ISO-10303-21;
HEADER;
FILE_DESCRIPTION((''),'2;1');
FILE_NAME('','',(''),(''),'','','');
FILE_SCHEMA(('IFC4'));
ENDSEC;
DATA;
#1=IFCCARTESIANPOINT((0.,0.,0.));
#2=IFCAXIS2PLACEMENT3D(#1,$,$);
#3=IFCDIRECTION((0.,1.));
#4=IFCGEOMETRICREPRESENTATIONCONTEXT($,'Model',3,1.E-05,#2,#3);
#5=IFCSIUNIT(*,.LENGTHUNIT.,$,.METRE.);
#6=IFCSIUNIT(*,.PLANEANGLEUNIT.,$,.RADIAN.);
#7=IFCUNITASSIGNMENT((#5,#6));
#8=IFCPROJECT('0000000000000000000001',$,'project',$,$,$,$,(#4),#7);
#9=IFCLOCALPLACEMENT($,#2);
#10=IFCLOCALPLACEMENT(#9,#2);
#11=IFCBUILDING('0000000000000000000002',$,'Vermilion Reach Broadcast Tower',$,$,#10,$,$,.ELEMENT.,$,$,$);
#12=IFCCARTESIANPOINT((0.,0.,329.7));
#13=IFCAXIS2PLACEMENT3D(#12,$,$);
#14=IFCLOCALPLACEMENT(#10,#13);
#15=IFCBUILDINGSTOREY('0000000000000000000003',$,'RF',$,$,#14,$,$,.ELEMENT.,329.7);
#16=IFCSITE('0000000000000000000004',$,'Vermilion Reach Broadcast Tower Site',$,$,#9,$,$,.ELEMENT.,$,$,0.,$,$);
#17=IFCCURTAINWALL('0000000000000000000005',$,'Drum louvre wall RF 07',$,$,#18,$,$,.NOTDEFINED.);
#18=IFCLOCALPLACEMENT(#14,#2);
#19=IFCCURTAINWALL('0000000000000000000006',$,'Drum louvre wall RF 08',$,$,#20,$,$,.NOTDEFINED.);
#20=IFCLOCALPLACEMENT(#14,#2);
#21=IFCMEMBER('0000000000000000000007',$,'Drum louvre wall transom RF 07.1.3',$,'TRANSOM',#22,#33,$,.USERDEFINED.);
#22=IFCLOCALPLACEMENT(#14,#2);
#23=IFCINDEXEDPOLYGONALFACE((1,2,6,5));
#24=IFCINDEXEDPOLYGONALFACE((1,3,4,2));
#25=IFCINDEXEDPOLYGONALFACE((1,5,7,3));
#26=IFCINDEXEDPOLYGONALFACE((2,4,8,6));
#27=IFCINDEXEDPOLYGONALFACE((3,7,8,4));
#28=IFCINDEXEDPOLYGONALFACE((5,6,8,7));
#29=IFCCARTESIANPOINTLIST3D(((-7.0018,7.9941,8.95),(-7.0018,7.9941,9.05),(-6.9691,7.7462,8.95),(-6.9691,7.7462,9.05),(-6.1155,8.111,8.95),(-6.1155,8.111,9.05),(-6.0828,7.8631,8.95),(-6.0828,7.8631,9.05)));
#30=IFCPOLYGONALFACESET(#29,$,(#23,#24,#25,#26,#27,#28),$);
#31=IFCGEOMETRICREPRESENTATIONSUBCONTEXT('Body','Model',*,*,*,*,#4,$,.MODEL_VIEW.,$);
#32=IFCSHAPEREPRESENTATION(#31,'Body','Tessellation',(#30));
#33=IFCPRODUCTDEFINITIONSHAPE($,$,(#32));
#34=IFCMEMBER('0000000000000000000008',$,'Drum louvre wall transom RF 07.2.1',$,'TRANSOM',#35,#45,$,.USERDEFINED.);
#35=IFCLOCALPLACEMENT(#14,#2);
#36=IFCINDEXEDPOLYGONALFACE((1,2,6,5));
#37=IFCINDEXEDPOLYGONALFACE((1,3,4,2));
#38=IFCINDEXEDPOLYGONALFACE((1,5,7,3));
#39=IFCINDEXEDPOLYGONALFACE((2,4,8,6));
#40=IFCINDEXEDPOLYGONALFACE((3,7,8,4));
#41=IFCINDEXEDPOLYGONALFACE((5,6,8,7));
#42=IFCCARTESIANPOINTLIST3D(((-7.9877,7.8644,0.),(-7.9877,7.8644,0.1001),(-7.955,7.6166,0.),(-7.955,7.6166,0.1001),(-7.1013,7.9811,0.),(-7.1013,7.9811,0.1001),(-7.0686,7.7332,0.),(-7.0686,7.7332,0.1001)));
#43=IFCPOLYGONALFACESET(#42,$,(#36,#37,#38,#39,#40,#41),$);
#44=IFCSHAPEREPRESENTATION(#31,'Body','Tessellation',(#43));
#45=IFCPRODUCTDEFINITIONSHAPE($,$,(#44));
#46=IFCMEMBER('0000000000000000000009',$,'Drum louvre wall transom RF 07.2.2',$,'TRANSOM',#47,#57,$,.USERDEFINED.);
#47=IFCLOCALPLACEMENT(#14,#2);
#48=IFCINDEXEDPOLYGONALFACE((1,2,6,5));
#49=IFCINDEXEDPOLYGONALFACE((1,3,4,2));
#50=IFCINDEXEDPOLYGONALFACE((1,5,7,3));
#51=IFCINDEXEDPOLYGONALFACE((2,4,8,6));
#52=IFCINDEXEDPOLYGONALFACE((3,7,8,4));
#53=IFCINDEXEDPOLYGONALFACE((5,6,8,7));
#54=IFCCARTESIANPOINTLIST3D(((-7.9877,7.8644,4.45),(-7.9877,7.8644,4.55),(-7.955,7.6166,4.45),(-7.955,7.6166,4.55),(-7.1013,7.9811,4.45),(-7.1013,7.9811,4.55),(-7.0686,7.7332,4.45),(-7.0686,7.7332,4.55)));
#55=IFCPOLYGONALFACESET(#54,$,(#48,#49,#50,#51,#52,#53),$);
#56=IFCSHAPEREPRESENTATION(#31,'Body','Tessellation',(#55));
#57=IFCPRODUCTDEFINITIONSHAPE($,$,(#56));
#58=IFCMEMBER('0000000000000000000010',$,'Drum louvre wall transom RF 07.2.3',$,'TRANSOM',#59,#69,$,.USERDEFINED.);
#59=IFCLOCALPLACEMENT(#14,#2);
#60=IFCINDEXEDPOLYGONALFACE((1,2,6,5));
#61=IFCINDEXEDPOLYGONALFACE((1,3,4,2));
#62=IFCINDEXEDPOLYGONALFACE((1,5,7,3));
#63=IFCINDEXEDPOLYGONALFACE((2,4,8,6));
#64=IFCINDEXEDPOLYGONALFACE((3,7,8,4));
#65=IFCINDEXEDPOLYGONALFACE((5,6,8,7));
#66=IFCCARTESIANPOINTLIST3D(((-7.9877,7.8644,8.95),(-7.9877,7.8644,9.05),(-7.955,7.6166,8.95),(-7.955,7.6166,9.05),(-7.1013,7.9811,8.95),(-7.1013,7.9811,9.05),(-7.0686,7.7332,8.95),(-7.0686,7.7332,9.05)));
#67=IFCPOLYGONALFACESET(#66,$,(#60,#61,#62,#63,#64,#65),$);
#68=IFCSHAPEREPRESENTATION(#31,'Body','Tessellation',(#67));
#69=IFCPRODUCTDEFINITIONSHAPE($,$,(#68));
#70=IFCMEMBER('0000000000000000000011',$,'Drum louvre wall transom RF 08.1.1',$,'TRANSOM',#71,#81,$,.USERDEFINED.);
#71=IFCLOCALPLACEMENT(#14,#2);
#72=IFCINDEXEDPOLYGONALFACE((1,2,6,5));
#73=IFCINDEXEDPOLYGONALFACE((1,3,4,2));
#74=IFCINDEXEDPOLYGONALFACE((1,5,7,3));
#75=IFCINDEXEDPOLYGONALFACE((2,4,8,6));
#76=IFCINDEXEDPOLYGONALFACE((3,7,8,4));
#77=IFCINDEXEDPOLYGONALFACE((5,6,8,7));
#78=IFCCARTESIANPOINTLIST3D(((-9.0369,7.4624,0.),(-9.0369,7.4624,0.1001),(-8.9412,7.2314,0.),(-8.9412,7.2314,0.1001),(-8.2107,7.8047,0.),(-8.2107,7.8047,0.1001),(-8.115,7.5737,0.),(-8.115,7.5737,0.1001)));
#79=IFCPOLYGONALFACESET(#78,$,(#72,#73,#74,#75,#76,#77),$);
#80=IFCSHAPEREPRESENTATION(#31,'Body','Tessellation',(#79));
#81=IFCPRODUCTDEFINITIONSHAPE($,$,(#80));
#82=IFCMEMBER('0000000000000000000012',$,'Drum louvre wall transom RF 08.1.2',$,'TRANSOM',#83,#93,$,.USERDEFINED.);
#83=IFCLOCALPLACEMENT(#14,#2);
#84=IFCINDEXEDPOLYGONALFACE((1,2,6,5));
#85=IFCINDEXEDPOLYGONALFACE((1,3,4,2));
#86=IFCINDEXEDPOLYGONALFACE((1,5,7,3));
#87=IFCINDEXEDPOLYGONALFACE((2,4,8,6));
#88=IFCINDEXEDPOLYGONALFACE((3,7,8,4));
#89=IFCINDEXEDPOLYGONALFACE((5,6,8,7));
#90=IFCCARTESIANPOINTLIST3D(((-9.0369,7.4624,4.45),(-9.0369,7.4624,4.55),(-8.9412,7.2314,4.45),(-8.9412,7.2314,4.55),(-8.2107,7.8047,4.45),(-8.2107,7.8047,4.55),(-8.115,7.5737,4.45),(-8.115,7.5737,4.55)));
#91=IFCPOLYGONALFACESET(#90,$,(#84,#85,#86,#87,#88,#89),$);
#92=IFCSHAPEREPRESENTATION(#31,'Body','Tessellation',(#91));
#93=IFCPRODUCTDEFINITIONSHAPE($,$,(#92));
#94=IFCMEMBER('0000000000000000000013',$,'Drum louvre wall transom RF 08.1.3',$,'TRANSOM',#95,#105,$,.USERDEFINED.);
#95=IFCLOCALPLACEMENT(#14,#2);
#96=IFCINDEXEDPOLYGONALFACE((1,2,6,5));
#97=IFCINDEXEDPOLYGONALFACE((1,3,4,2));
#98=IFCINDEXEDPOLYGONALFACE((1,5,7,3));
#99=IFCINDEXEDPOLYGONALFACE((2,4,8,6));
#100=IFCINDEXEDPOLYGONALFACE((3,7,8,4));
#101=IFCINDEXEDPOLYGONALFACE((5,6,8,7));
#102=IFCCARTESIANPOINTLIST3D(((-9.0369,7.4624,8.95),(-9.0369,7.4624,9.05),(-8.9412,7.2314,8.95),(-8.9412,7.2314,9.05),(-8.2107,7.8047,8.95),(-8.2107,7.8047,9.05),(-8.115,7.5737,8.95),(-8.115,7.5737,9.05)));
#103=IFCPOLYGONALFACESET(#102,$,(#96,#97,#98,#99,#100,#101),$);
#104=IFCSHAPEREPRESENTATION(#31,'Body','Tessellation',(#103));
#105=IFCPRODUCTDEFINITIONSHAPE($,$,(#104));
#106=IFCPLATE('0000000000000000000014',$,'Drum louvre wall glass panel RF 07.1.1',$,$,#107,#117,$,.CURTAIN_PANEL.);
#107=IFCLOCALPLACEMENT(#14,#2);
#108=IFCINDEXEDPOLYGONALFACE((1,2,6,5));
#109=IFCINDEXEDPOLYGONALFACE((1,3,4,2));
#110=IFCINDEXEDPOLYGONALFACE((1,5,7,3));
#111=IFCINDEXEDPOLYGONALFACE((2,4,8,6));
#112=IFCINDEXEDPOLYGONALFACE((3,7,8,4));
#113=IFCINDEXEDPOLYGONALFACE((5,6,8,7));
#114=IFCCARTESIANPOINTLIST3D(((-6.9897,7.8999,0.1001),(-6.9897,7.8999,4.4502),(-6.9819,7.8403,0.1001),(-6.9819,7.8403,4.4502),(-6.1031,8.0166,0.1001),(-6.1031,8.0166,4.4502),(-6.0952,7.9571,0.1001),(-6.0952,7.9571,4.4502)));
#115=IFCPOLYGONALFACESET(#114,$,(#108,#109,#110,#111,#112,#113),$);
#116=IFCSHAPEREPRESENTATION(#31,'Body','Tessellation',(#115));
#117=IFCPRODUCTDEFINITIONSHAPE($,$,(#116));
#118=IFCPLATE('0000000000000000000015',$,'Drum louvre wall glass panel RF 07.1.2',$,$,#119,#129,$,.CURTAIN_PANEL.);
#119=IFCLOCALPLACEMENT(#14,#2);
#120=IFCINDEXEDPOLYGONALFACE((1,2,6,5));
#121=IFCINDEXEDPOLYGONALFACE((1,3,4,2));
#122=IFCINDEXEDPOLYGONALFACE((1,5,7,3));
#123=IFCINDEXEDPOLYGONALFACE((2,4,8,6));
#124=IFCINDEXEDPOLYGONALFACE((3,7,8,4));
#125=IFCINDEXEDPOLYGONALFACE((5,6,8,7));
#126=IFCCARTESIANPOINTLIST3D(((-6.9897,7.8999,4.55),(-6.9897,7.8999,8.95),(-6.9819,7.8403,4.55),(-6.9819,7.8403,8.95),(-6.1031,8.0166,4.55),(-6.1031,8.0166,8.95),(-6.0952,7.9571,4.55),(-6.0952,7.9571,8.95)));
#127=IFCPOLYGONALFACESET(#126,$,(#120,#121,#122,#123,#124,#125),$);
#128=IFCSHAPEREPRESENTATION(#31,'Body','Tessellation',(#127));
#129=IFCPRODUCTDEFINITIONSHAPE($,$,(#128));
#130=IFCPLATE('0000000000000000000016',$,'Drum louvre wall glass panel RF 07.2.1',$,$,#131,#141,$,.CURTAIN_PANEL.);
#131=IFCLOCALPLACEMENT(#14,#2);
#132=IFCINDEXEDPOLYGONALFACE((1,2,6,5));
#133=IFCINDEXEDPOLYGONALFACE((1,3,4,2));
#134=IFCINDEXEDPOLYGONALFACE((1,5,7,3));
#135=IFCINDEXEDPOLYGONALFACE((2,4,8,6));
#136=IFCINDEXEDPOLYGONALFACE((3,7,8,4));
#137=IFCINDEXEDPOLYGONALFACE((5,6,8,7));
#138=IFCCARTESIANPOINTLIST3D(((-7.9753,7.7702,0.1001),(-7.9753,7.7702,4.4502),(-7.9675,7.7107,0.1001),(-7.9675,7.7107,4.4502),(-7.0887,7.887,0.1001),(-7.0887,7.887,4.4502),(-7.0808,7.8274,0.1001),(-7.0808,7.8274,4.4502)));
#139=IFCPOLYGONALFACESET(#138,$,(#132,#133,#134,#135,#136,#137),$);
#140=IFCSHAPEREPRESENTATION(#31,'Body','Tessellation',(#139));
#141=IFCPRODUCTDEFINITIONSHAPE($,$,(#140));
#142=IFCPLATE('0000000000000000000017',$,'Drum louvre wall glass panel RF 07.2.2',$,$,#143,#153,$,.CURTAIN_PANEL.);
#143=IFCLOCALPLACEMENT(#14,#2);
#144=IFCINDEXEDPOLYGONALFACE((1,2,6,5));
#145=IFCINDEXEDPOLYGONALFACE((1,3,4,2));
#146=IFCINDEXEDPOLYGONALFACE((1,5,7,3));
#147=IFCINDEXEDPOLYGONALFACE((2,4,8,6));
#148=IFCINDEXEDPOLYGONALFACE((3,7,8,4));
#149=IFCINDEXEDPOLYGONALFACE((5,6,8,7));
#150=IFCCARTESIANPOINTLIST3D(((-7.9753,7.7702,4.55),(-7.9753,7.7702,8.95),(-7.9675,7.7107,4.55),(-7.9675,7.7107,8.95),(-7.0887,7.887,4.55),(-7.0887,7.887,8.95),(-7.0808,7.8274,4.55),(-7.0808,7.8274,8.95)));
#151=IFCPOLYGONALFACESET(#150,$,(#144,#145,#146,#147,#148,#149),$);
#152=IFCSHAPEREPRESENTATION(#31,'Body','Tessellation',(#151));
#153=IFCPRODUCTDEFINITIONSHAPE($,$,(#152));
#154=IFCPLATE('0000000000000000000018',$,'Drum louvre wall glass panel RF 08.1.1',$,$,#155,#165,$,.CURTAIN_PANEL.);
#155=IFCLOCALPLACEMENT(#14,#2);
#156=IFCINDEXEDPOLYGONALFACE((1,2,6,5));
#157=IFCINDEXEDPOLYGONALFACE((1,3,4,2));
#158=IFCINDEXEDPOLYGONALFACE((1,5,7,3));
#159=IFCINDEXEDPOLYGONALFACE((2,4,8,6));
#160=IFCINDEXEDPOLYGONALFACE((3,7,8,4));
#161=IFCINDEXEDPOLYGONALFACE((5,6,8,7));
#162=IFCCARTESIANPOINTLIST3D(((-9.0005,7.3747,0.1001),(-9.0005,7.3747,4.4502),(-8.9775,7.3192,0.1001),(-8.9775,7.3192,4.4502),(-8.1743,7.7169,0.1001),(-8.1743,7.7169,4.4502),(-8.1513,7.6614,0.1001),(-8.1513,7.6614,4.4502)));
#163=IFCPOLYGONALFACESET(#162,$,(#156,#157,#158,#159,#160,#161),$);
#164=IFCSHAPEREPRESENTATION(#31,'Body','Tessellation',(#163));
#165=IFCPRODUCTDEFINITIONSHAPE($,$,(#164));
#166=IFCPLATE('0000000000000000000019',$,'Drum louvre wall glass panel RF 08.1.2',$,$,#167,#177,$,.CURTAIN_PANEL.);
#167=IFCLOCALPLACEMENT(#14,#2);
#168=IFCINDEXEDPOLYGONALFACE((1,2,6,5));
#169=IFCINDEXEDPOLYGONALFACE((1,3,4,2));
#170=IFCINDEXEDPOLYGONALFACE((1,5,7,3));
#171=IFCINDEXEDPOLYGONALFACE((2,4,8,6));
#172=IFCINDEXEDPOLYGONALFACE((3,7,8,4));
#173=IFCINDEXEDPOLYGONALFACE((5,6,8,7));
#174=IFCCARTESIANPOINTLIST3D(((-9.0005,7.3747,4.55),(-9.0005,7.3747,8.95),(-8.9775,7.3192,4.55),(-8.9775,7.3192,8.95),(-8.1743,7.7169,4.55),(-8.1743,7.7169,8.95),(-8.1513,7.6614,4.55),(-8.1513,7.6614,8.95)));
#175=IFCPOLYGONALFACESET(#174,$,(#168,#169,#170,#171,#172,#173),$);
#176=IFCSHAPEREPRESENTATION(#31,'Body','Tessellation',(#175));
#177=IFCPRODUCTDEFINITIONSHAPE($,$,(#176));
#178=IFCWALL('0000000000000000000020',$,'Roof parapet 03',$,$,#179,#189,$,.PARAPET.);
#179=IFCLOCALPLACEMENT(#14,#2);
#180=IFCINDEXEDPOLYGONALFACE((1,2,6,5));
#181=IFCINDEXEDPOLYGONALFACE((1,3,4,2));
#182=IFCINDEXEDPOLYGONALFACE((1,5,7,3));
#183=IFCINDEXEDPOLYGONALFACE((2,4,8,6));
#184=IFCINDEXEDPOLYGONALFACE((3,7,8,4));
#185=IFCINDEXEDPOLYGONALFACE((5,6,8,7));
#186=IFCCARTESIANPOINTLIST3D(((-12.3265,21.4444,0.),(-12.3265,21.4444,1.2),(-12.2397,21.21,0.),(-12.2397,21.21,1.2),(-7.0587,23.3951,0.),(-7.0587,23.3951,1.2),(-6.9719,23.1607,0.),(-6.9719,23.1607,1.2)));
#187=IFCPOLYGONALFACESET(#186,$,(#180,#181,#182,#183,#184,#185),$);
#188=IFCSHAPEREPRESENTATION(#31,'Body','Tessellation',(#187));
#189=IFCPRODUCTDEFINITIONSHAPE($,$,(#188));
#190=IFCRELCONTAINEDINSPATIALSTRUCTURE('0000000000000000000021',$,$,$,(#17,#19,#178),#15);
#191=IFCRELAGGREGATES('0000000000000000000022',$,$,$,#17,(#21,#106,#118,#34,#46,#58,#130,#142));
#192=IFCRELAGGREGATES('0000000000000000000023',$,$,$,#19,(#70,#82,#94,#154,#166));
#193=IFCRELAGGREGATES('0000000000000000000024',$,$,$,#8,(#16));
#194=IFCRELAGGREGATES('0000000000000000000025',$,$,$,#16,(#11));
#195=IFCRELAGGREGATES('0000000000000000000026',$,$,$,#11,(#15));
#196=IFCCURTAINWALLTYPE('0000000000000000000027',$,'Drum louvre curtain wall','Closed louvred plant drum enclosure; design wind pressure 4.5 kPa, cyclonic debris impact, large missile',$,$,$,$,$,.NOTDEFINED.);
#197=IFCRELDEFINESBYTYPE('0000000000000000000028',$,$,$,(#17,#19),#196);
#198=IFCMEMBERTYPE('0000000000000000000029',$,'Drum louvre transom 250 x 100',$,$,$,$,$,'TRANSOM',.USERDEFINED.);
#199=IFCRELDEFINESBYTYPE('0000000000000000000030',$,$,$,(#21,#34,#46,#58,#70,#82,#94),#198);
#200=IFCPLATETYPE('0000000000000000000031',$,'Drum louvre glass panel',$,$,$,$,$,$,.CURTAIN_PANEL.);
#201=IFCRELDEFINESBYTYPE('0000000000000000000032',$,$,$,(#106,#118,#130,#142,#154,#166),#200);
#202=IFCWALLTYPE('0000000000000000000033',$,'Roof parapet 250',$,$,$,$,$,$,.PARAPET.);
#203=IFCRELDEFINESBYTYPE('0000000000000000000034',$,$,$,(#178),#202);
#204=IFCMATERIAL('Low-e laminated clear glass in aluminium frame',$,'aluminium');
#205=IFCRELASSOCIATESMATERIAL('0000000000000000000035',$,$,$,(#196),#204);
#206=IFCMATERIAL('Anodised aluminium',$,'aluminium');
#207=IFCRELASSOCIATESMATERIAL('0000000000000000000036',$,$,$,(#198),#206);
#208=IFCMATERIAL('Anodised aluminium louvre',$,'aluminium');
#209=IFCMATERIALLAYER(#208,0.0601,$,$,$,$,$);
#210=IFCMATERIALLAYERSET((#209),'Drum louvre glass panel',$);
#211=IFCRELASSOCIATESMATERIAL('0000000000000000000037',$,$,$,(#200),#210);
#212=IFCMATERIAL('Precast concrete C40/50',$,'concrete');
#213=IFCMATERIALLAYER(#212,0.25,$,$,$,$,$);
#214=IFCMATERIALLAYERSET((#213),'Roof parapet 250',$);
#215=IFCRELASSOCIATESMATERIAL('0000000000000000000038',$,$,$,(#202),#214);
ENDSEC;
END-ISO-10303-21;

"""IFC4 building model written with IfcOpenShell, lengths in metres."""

from ifc_helpers import new_model, si_unit, direction, frame, frame_2d, origin, origin_2d, place, context, subcontext, project, spatial, rectangle, extrude, material, layer, layer_set, material_profile, profile_set, type_object, element, aggregate, save


model = new_model("IFC4")

# Units and contexts
model_context = context("Model", 3, precision=1e-05, world=origin(), true_north=direction((0.0, 1.0)))
body_context = subcontext(model_context, "Body", "Model", "MODEL_VIEW")
ifc_project = project(units=[si_unit("LENGTHUNIT", "METRE"), si_unit("PLANEANGLEUNIT", "RADIAN")], contexts=[model_context])

# Site, building, storey
site_placement = place(None, origin())
site = spatial("IfcSite", under=ifc_project, at=site_placement, Name="Vermilion Reach Broadcast Tower Site", CompositionType="ELEMENT", RefElevation=0.0)
building_placement = place(site_placement, origin())
building = spatial("IfcBuilding", under=site, at=building_placement, Name="Vermilion Reach Broadcast Tower", CompositionType="ELEMENT")
storey_placement = place(building_placement, frame((0.0, 0.0, 329.7)))
storey = spatial("IfcBuildingStorey", under=building, at=storey_placement, Name="RF", CompositionType="ELEMENT", Elevation=329.7)

# Curtain walls
ifc_material_1 = material(Name="Low-e laminated clear glass in aluminium frame", Category="aluminium")
curtain_wall_type = type_object("IfcCurtainWallType", Name="Drum louvre curtain wall", Description="Closed louvred plant drum enclosure; design wind pressure 4.5 kPa, cyclonic debris impact, large missile", PredefinedType="NOTDEFINED", material=ifc_material_1)
placement = place(storey_placement, origin())
curtain_wall_1 = element("IfcCurtainWall", 1, at=placement, inside=storey, type_object=curtain_wall_type, Name="Drum louvre wall RF 07", PredefinedType="NOTDEFINED")
curtain_wall_2 = element("IfcCurtainWall", 2, at=placement, inside=storey, type_object=curtain_wall_type, Name="Drum louvre wall RF 08", PredefinedType="NOTDEFINED")

# Members
ifc_material_2 = material(Name="Anodised aluminium", Category="aluminium")
ifc_material_profile_1 = material_profile(ifc_material_2, rectangle(XDim=0.25, YDim=0.1001, at=origin_2d()), Name="Drum louvre transom 250 x 100")
ifc_profile_set_1 = profile_set([ifc_material_profile_1], Name="Anodised aluminium")
member_type_1 = type_object("IfcMemberType", Name="Drum louvre transom 250 x 100", ElementType="TRANSOM", PredefinedType="USERDEFINED", material=ifc_profile_set_1)
member_1_placement = place(storey_placement, frame((-6.0991, 7.9871, 9.0), z_axis=(-0.991411, -0.130786, 0.0), x_axis=(0.130786, -0.991411, 0.0)))
member_1 = element("IfcMember", 3, at=member_1_placement, type_object=member_type_1, Name="Drum louvre wall transom RF 07.1.3", ObjectType="TRANSOM", PredefinedType="USERDEFINED", context=body_context, shape_type="SweptSolid", body=[
    extrude(rectangle(XDim=0.25, YDim=0.1001, at=origin_2d()), origin(), (0.0, 0.0, 1.0), 0.894),
])
member_2_placement = place(storey_placement, frame((-7.085, 7.8572, 0.05), z_axis=(-0.991446, -0.130518, 0.0), x_axis=(0.130518, -0.991446, 0.0)))
member_2 = element("IfcMember", 4, at=member_2_placement, type_object=member_type_1, Name="Drum louvre wall transom RF 07.2.1", ObjectType="TRANSOM", PredefinedType="USERDEFINED", context=body_context, shape_type="SweptSolid", body=[
    extrude(rectangle(XDim=0.25, YDim=0.1001, at=origin_2d()), origin(), (0.0, 0.0, 1.0), 0.894),
])
member_3_placement = place(storey_placement, frame((-7.085, 7.8572, 4.5), z_axis=(-0.991446, -0.130518, 0.0), x_axis=(0.130518, -0.991446, 0.0)))
member_3 = element("IfcMember", 5, at=member_3_placement, type_object=member_type_1, Name="Drum louvre wall transom RF 07.2.2", ObjectType="TRANSOM", PredefinedType="USERDEFINED", context=body_context, shape_type="SweptSolid", body=[
    extrude(rectangle(XDim=0.25, YDim=0.1001, at=origin_2d()), origin(), (0.0, 0.0, 1.0), 0.894),
])
member_4_placement = place(storey_placement, frame((-7.085, 7.8572, 9.0), z_axis=(-0.991446, -0.130518, 0.0), x_axis=(0.130518, -0.991446, 0.0)))
member_4 = element("IfcMember", 6, at=member_4_placement, type_object=member_type_1, Name="Drum louvre wall transom RF 07.2.3", ObjectType="TRANSOM", PredefinedType="USERDEFINED", context=body_context, shape_type="SweptSolid", body=[
    extrude(rectangle(XDim=0.25, YDim=0.1001, at=origin_2d()), origin(), (0.0, 0.0, 1.0), 0.894),
])
member_5_placement = place(storey_placement, frame((-8.1628, 7.6892, 0.05), z_axis=(-0.92385, -0.382754, 0.0), x_axis=(0.382754, -0.92385, 0.0)))
member_5 = element("IfcMember", 7, at=member_5_placement, type_object=member_type_1, Name="Drum louvre wall transom RF 08.1.1", ObjectType="TRANSOM", PredefinedType="USERDEFINED", context=body_context, shape_type="SweptSolid", body=[
    extrude(rectangle(XDim=0.25, YDim=0.1001, at=origin_2d()), origin(), (0.0, 0.0, 1.0), 0.8943),
])
member_6_placement = place(storey_placement, frame((-8.1628, 7.6892, 4.5), z_axis=(-0.92385, -0.382754, 0.0), x_axis=(0.382754, -0.92385, 0.0)))
member_6 = element("IfcMember", 8, at=member_6_placement, type_object=member_type_1, Name="Drum louvre wall transom RF 08.1.2", ObjectType="TRANSOM", PredefinedType="USERDEFINED", context=body_context, shape_type="SweptSolid", body=[
    extrude(rectangle(XDim=0.25, YDim=0.1001, at=origin_2d()), origin(), (0.0, 0.0, 1.0), 0.8943),
])
member_7_placement = place(storey_placement, frame((-8.1628, 7.6892, 9.0), z_axis=(-0.92385, -0.382754, 0.0), x_axis=(0.382754, -0.92385, 0.0)))
member_7 = element("IfcMember", 9, at=member_7_placement, type_object=member_type_1, Name="Drum louvre wall transom RF 08.1.3", ObjectType="TRANSOM", PredefinedType="USERDEFINED", context=body_context, shape_type="SweptSolid", body=[
    extrude(rectangle(XDim=0.25, YDim=0.1001, at=origin_2d()), origin(), (0.0, 0.0, 1.0), 0.8943),
])

# Plates
ifc_material_3 = material(Name="Anodised aluminium louvre", Category="aluminium")
ifc_layer_1 = layer(ifc_material_3, 0.0601)
ifc_layer_set_1 = layer_set([ifc_layer_1], Name="Drum louvre glass panel")
plate_type = type_object("IfcPlateType", Name="Drum louvre glass panel", PredefinedType="CURTAIN_PANEL", material=ifc_layer_set_1)
plate_1_placement = place(storey_placement, frame((-6.5425, 7.9285, 0.1001), z_axis=(0.0, 0.0, 1.0), x_axis=(-0.991445, -0.130526, 0.0)))
plate_1 = element("IfcPlate", 10, at=plate_1_placement, type_object=plate_type, Name="Drum louvre wall glass panel RF 07.1.1", PredefinedType="CURTAIN_PANEL", context=body_context, shape_type="SweptSolid", body=[
    extrude(rectangle(XDim=0.8943, YDim=0.0601, at=origin_2d()), origin(), (0.0, 0.0, 1.0), 4.3501),
])
plate_2_placement = place(storey_placement, frame((-6.5425, 7.9285, 4.55), z_axis=(0.0, 0.0, 1.0), x_axis=(-0.991445, -0.130526, 0.0)))
plate_2 = element("IfcPlate", 11, at=plate_2_placement, type_object=plate_type, Name="Drum louvre wall glass panel RF 07.1.2", PredefinedType="CURTAIN_PANEL", context=body_context, shape_type="SweptSolid", body=[
    extrude(rectangle(XDim=0.8943, YDim=0.0601, at=origin_2d()), origin(), (0.0, 0.0, 1.0), 4.3999),
])
plate_3_placement = place(storey_placement, frame((-7.5281, 7.7988, 0.1001), z_axis=(0.0, 0.0, 1.0), x_axis=(-0.991445, -0.130526, 0.0)))
plate_3 = element("IfcPlate", 12, at=plate_3_placement, type_object=plate_type, Name="Drum louvre wall glass panel RF 07.2.1", PredefinedType="CURTAIN_PANEL", context=body_context, shape_type="SweptSolid", body=[
    extrude(rectangle(XDim=0.8943, YDim=0.0601, at=origin_2d()), origin(), (0.0, 0.0, 1.0), 4.3501),
])
plate_4_placement = place(storey_placement, frame((-7.5281, 7.7988, 4.55), z_axis=(0.0, 0.0, 1.0), x_axis=(-0.991445, -0.130526, 0.0)))
plate_4 = element("IfcPlate", 13, at=plate_4_placement, type_object=plate_type, Name="Drum louvre wall glass panel RF 07.2.2", PredefinedType="CURTAIN_PANEL", context=body_context, shape_type="SweptSolid", body=[
    extrude(rectangle(XDim=0.8943, YDim=0.0601, at=origin_2d()), origin(), (0.0, 0.0, 1.0), 4.3999),
])
aggregate(curtain_wall_1, [member_1, plate_1, plate_2, member_2, member_3, member_4, plate_3, plate_4])
plate_5_placement = place(storey_placement, frame((-8.5759, 7.5181, 0.1001), z_axis=(0.0, 0.0, 1.0), x_axis=(-0.92388, -0.382683, 0.0)))
plate_5 = element("IfcPlate", 14, at=plate_5_placement, type_object=plate_type, Name="Drum louvre wall glass panel RF 08.1.1", PredefinedType="CURTAIN_PANEL", context=body_context, shape_type="SweptSolid", body=[
    extrude(rectangle(XDim=0.8943, YDim=0.0601, at=origin_2d()), origin(), (0.0, 0.0, 1.0), 4.3501),
])
plate_6_placement = place(storey_placement, frame((-8.5759, 7.5181, 4.55), z_axis=(0.0, 0.0, 1.0), x_axis=(-0.92388, -0.382683, 0.0)))
plate_6 = element("IfcPlate", 15, at=plate_6_placement, type_object=plate_type, Name="Drum louvre wall glass panel RF 08.1.2", PredefinedType="CURTAIN_PANEL", context=body_context, shape_type="SweptSolid", body=[
    extrude(rectangle(XDim=0.8943, YDim=0.0601, at=origin_2d()), origin(), (0.0, 0.0, 1.0), 4.3999),
])
aggregate(curtain_wall_2, [member_5, member_6, member_7, plate_5, plate_6])

# Wall
ifc_material_4 = material(Name="Precast concrete C40/50", Category="concrete")
ifc_layer_2 = layer(ifc_material_4, 0.25)
ifc_layer_set_2 = layer_set([ifc_layer_2], Name="Roof parapet 250")
wall_type = type_object("IfcWallType", Name="Roof parapet 250", PredefinedType="PARAPET", material=ifc_layer_set_2)
wall_placement = place(storey_placement, frame((-7.0154, 23.2778, 0.0), z_axis=(0.0, 0.0, 1.0), x_axis=(-0.93777, -0.347258, 0.0)))
element("IfcWall", 16, at=wall_placement, inside=storey, type_object=wall_type, Name="Roof parapet 03", PredefinedType="PARAPET", context=body_context, shape_type="SweptSolid", body=[
    extrude(rectangle(XDim=5.6174, YDim=0.25, at=frame_2d((2.8086, 0.0))), origin(), (0.0, 0.0, 1.0), 1.2),
])

save(model, "model.ifc")
